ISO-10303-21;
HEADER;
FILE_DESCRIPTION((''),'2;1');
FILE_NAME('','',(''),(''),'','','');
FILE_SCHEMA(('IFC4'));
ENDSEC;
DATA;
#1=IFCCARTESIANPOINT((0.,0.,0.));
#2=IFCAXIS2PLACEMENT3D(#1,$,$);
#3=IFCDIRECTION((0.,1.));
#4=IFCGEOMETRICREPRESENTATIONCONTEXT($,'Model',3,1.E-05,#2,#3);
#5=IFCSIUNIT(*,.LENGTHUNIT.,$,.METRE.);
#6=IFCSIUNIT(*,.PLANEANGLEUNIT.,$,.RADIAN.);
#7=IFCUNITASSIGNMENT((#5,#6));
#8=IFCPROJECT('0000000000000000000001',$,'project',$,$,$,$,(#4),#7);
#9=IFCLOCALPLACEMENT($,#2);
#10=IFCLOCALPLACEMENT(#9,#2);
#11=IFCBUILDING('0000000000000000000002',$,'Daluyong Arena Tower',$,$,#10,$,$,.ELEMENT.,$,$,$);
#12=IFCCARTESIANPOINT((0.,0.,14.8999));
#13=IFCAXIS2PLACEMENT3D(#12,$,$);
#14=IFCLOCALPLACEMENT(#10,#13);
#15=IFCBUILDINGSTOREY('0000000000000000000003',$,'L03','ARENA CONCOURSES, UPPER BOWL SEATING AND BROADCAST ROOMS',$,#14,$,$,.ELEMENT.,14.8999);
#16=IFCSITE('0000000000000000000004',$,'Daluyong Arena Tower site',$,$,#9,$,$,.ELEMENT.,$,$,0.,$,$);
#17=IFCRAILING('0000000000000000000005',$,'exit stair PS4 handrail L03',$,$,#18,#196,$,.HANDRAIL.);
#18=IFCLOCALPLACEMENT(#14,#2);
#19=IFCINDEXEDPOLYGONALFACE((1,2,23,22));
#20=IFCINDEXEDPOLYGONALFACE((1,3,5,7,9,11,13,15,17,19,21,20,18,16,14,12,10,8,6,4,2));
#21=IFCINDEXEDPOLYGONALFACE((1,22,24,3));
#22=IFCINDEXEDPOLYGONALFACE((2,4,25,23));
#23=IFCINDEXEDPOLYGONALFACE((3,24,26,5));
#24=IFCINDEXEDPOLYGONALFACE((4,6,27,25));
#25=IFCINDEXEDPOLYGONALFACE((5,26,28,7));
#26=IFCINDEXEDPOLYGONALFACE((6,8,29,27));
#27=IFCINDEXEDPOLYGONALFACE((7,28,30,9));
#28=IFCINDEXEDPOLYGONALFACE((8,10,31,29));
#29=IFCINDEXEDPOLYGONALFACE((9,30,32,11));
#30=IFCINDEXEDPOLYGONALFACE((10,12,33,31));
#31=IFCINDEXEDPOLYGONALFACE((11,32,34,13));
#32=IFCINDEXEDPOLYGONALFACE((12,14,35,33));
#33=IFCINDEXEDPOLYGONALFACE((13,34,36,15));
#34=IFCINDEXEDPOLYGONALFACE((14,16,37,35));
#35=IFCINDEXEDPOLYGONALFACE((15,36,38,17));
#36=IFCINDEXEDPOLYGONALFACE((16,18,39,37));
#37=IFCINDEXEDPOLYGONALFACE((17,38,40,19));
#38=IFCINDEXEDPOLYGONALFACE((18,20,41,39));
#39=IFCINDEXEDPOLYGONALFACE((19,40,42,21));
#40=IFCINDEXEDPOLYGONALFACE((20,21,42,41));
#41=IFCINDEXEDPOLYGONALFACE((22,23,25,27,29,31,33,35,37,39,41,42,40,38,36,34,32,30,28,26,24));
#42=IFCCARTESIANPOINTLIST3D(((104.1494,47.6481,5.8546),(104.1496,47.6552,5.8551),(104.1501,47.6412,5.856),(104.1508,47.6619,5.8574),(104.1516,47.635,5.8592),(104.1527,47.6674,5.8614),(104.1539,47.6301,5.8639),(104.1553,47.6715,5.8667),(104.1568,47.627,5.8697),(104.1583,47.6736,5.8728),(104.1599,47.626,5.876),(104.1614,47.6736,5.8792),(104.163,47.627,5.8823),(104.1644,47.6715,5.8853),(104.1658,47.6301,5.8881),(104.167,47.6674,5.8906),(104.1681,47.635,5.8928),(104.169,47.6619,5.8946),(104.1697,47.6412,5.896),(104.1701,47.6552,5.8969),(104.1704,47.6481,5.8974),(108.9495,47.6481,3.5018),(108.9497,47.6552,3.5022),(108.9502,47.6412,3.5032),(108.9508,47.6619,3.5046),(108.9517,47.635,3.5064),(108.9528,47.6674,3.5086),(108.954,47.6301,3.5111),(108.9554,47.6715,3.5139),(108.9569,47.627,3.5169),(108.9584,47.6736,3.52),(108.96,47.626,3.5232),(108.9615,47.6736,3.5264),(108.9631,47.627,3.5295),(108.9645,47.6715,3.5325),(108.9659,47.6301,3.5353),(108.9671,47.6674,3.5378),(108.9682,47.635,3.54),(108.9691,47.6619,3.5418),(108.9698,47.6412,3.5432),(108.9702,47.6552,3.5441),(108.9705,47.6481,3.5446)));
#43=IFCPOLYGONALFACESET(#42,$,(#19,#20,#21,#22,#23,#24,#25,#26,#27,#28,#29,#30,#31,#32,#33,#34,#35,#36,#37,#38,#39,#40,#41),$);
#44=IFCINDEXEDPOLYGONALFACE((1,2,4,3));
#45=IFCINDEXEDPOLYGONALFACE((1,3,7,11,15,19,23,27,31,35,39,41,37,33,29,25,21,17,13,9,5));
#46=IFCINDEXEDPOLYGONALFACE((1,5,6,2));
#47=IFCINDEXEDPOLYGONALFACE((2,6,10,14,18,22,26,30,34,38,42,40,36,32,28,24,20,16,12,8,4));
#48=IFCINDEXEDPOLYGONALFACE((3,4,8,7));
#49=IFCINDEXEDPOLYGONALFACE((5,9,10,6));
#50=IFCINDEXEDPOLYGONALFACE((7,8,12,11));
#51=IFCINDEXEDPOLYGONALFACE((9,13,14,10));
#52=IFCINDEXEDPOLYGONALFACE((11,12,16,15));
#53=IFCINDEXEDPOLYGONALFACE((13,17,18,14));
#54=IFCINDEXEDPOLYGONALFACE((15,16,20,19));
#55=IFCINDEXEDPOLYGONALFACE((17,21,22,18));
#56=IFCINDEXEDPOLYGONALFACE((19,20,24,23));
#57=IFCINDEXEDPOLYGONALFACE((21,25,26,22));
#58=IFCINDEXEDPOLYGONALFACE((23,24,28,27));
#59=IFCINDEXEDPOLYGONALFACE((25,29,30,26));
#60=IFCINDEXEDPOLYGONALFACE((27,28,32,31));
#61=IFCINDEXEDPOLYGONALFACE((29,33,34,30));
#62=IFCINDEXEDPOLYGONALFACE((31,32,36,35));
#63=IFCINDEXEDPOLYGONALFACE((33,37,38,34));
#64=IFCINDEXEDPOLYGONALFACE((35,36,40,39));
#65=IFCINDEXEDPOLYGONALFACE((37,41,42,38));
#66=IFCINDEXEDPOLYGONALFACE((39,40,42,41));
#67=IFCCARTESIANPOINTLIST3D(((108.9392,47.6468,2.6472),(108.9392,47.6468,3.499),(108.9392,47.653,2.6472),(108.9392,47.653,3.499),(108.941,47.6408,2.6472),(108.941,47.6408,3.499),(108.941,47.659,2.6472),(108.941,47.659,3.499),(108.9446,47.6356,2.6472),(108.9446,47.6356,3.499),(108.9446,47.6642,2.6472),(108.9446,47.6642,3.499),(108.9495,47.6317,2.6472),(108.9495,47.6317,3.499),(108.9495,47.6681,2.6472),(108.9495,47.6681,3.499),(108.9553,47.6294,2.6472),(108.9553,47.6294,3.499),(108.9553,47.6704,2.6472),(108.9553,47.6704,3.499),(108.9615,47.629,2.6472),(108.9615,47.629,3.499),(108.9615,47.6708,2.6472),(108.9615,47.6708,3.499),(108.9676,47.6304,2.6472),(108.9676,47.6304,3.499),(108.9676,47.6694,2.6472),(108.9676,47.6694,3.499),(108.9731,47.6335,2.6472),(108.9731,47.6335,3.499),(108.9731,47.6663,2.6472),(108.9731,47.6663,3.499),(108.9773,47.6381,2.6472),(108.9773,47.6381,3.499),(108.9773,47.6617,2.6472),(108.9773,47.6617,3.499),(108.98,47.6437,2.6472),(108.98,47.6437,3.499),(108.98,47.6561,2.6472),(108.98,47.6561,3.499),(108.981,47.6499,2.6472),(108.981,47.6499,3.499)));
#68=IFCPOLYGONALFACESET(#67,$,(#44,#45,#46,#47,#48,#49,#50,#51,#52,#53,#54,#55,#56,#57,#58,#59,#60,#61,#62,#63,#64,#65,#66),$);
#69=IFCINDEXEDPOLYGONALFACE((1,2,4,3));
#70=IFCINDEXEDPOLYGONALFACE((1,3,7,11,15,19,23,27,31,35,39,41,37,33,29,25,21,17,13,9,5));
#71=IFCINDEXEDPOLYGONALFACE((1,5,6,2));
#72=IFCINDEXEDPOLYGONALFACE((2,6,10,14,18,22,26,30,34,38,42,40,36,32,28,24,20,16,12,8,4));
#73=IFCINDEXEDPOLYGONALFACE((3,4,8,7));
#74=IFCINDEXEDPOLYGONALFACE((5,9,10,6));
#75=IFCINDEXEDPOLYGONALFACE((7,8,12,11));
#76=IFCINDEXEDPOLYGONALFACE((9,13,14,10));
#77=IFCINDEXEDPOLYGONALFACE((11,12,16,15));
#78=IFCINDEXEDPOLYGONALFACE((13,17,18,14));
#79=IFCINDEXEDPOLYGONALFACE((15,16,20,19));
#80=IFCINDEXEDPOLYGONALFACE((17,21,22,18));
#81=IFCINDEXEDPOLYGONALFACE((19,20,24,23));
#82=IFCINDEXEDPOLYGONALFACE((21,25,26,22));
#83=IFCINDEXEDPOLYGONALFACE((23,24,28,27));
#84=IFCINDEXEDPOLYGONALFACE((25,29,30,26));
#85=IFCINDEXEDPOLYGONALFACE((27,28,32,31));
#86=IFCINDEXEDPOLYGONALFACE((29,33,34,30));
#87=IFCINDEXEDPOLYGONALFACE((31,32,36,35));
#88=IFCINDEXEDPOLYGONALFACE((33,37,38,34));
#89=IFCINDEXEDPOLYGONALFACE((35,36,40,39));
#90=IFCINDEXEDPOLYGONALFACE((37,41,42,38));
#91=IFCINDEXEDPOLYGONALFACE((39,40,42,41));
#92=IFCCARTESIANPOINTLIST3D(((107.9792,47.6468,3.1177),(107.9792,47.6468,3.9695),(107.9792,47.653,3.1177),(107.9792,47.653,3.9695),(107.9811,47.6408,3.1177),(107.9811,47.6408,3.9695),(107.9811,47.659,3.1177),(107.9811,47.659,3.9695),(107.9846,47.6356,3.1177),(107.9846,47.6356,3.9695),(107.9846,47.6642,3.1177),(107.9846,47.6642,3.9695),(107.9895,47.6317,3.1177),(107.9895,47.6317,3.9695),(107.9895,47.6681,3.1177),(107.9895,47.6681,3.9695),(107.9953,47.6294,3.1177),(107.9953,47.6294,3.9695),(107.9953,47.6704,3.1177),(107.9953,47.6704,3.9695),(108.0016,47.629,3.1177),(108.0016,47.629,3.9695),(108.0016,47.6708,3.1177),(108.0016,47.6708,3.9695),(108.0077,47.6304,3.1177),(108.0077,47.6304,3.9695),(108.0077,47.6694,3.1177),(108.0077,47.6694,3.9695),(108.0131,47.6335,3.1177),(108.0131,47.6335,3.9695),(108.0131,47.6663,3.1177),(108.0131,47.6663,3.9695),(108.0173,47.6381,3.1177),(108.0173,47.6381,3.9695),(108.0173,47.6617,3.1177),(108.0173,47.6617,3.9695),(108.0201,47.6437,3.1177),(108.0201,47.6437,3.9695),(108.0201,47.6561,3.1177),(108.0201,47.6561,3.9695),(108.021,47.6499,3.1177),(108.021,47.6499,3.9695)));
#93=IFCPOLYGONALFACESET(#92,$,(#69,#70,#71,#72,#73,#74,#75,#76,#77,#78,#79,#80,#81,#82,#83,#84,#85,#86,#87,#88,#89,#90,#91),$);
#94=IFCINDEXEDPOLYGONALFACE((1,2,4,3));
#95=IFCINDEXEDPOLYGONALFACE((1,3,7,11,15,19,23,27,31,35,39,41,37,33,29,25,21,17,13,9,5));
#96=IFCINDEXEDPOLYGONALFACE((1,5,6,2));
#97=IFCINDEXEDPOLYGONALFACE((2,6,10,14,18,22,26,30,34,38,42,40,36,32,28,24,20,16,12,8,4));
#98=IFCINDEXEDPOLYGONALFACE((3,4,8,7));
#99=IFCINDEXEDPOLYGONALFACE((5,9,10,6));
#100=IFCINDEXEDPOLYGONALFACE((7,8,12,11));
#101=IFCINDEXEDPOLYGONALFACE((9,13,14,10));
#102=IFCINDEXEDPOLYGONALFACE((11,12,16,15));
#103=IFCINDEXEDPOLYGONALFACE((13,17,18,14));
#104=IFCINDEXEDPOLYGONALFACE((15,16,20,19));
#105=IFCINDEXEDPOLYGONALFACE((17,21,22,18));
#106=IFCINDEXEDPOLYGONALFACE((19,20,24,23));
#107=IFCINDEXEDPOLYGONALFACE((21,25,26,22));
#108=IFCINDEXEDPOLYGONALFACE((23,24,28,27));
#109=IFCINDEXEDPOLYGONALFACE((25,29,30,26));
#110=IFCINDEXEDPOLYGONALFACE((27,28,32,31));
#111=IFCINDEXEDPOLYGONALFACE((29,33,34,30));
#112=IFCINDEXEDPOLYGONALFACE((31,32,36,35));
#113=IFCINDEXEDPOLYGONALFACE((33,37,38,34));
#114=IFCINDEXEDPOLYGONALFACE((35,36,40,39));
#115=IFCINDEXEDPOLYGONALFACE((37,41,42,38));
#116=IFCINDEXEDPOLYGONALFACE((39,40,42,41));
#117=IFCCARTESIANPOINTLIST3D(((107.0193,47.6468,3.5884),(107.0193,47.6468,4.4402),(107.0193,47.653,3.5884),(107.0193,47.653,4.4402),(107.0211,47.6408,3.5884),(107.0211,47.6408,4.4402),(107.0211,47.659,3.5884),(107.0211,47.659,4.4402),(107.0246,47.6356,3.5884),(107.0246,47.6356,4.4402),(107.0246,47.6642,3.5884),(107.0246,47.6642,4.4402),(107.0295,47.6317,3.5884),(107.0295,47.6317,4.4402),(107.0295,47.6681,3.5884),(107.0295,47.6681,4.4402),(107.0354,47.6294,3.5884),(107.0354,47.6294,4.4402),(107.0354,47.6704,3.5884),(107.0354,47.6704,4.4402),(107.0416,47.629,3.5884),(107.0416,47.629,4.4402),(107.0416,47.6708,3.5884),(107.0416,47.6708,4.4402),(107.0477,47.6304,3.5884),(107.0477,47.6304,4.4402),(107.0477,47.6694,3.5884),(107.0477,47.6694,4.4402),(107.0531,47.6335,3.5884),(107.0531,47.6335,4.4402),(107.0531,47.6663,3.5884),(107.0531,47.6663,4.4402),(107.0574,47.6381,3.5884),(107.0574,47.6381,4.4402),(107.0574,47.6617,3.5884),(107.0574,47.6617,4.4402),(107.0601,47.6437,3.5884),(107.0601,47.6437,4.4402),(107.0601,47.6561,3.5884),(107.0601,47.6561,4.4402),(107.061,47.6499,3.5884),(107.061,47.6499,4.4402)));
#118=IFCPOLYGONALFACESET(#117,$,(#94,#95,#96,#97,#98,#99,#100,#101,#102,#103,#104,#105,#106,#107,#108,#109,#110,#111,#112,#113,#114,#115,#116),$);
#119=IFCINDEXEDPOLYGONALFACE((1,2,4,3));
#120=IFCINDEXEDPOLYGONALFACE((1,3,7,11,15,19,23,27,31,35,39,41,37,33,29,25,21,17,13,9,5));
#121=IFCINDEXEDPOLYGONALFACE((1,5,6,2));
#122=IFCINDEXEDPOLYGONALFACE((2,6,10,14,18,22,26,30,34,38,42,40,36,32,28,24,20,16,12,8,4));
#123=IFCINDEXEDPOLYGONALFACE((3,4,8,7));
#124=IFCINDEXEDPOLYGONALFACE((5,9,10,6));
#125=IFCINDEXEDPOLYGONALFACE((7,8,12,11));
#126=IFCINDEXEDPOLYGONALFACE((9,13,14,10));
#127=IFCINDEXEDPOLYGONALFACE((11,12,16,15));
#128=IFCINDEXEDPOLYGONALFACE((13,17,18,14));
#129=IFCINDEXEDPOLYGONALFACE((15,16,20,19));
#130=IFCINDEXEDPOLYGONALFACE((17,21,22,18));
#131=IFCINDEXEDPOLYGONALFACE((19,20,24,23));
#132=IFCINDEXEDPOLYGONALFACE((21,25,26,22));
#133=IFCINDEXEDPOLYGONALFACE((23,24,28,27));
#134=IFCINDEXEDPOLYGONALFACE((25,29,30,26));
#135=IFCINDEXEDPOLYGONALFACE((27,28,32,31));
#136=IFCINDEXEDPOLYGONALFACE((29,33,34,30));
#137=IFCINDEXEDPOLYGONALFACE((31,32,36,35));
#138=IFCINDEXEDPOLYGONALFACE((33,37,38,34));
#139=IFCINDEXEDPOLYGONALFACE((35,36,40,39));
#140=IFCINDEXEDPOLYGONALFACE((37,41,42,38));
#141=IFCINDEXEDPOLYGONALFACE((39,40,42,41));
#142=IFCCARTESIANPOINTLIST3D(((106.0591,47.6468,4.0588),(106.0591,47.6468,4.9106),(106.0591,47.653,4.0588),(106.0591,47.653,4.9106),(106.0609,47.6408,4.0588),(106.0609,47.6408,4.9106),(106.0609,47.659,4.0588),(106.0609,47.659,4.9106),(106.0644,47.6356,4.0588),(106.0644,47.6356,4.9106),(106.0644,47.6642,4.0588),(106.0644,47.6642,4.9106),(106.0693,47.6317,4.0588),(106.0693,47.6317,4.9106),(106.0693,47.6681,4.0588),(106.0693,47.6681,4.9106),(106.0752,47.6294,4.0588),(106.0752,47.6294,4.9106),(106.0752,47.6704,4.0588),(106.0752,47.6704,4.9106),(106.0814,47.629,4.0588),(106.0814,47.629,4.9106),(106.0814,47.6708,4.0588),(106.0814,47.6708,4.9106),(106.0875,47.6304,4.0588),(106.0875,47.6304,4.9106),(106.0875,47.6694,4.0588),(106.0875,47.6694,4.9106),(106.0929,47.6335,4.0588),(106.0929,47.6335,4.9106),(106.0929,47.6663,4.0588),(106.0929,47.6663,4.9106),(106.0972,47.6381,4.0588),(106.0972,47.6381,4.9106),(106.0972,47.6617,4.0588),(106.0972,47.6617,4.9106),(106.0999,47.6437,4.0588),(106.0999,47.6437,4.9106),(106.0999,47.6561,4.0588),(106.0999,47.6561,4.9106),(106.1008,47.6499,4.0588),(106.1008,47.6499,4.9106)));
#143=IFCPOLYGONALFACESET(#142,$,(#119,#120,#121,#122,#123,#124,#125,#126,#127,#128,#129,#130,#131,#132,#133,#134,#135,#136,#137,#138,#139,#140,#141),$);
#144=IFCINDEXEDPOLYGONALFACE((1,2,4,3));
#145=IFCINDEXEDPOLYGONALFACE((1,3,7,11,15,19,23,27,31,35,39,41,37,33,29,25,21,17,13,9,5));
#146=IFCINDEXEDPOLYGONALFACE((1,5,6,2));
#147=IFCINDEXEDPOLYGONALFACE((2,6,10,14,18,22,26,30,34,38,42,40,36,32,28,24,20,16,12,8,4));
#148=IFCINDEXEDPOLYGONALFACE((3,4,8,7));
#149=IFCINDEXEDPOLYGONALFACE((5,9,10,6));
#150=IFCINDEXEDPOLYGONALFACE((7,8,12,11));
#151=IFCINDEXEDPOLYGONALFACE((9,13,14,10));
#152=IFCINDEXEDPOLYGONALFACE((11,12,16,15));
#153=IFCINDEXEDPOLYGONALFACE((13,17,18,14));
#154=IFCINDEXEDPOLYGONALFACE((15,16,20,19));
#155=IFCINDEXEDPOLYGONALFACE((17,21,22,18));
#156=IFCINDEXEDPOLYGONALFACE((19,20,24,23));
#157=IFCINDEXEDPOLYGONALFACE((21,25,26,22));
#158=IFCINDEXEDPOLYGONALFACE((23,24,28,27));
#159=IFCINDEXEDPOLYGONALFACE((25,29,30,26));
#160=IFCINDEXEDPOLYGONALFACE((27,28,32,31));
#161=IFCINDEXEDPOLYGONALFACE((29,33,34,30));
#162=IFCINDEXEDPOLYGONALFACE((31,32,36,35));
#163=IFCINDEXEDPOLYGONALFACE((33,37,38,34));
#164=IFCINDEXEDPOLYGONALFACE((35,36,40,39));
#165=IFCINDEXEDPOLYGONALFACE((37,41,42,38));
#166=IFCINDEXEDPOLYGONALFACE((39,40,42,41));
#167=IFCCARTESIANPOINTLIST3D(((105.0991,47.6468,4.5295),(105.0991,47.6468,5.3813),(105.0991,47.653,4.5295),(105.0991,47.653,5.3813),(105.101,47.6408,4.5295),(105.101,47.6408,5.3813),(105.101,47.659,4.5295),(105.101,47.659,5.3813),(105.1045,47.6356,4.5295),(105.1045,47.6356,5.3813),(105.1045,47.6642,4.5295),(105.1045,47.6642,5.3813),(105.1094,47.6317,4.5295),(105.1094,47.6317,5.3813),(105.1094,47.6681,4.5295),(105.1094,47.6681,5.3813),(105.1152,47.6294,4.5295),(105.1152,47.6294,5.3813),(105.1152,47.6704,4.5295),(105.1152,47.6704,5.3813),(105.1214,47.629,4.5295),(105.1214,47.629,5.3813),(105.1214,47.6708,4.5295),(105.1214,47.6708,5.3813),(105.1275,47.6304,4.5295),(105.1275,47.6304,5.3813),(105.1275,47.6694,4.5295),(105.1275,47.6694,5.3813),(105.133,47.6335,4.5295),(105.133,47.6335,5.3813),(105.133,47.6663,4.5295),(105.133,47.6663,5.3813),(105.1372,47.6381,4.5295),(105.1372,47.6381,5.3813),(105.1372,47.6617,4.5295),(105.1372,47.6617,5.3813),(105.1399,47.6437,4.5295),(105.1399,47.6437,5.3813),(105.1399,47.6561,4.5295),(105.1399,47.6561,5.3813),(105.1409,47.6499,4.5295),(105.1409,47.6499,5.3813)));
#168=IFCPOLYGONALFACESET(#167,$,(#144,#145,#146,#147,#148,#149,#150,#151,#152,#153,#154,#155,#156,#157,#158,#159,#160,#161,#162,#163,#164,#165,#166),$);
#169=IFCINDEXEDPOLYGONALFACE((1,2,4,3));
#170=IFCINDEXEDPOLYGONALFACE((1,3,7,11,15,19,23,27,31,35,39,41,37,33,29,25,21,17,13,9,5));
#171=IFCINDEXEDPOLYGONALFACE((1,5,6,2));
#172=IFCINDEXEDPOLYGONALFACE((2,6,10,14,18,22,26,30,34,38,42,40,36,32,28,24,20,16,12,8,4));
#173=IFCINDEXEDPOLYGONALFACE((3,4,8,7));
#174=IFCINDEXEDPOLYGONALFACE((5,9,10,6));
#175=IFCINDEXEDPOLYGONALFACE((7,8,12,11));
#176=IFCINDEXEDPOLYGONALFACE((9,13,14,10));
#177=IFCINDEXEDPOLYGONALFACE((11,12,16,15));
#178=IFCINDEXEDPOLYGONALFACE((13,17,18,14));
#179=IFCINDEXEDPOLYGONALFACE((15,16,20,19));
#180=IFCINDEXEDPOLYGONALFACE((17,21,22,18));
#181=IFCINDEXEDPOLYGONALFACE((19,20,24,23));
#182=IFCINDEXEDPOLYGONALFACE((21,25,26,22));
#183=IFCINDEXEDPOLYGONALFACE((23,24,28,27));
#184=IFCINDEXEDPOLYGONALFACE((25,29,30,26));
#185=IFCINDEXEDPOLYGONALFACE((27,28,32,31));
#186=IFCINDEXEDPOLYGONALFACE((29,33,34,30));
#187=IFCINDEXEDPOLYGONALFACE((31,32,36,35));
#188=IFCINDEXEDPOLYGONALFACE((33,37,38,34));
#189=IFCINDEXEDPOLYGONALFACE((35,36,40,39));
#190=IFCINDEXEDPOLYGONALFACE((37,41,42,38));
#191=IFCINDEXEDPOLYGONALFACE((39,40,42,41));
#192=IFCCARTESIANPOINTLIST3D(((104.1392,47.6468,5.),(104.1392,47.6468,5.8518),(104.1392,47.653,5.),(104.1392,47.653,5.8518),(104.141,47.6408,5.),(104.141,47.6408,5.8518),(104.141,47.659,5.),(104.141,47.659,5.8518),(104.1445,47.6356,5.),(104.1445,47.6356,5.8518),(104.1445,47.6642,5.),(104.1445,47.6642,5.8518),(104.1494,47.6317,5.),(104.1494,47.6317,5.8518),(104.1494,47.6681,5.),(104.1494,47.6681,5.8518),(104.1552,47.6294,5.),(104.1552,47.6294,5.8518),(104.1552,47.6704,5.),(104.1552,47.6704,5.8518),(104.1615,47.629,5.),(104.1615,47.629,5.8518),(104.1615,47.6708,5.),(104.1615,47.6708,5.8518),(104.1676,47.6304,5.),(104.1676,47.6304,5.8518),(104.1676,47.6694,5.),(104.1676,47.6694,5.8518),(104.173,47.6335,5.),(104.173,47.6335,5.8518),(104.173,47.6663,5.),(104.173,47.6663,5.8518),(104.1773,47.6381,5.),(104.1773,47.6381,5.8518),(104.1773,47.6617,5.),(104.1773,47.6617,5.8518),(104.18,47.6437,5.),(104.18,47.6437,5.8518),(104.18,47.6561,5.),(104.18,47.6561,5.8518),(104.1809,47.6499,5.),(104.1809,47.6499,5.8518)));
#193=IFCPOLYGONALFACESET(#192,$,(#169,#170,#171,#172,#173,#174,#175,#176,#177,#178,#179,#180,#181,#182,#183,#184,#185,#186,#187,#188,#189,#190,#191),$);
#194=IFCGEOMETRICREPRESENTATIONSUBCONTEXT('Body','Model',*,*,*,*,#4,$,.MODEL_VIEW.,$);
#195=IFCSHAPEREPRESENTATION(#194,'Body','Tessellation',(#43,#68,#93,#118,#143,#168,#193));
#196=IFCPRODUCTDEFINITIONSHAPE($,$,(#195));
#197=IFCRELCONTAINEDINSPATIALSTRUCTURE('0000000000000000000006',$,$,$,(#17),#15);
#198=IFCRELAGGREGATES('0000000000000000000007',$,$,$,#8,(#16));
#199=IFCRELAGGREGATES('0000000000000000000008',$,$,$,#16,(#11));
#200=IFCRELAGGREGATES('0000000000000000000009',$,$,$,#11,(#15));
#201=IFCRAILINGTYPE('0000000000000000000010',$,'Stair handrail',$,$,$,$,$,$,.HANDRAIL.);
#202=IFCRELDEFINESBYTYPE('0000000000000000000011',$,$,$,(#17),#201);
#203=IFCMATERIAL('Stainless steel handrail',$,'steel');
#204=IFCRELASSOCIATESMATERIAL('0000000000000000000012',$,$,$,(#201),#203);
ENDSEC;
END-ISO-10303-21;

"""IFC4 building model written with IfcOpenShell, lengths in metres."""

from ifc_helpers import new_model, si_unit, direction, frame, origin, origin_2d, place, context, subcontext, project, spatial, circle, extrude, material, type_object, element, save


model = new_model("IFC4")

# Units and contexts
model_context = context("Model", 3, precision=1e-05, world=origin(), true_north=direction((0.0, 1.0)))
body_context = subcontext(model_context, "Body", "Model", "MODEL_VIEW")
ifc_project = project(units=[si_unit("LENGTHUNIT", "METRE"), si_unit("PLANEANGLEUNIT", "RADIAN")], contexts=[model_context])

# Site, building, storey
site_placement = place(None, origin())
site = spatial("IfcSite", under=ifc_project, at=site_placement, Name="Daluyong Arena Tower site", CompositionType="ELEMENT", RefElevation=0.0)
building_placement = place(site_placement, origin())
building = spatial("IfcBuilding", under=site, at=building_placement, Name="Daluyong Arena Tower", CompositionType="ELEMENT")
storey_placement = place(building_placement, frame((0.0, 0.0, 14.8999)))
storey = spatial("IfcBuildingStorey", under=building, at=storey_placement, Name="L03", Description="ARENA CONCOURSES, UPPER BOWL SEATING AND BROADCAST ROOMS", CompositionType="ELEMENT", Elevation=14.8999)

# Railing
ifc_material_1 = material(Name="Stainless steel handrail", Category="steel")
railing_type_1 = type_object("IfcRailingType", Name="Stair handrail", PredefinedType="HANDRAIL", material=ifc_material_1)
railing_1_placement = place(storey_placement, frame((108.96, 47.6499, 2.6472)))
element("IfcRailing", 1, at=railing_1_placement, inside=storey, type_object=railing_type_1, Name="exit stair PS4 handrail L03", PredefinedType="HANDRAIL", context=body_context, shape_type="SweptSolid", body=[
    extrude(circle(Radius=0.0239, at=origin_2d()), frame((0.0, 0.0, 0.876), z_axis=(-0.897934, 0.0, 0.44013), x_axis=(0.0, -1.0, 0.0)), (0.0, 0.0, 1.0), 5.3457),
    extrude(circle(Radius=0.021, at=origin_2d()), origin(), (0.0, 0.0, 1.0), 0.8518),
    extrude(circle(Radius=0.021, at=origin_2d()), frame((-0.96, 0.0, 0.4705)), (0.0, 0.0, 1.0), 0.8518),
    extrude(circle(Radius=0.021, at=origin_2d()), frame((-1.9199, 0.0, 0.9412)), (0.0, 0.0, 1.0), 0.8518),
    extrude(circle(Radius=0.021, at=origin_2d()), frame((-2.8801, 0.0, 1.4116)), (0.0, 0.0, 1.0), 0.8518),
    extrude(circle(Radius=0.021, at=origin_2d()), frame((-3.8401, 0.0, 1.8823)), (0.0, 0.0, 1.0), 0.8518),
    extrude(circle(Radius=0.021, at=origin_2d()), frame((-4.8, 0.0, 2.3528)), (0.0, 0.0, 1.0), 0.8518),
])

save(model, "model.ifc")
